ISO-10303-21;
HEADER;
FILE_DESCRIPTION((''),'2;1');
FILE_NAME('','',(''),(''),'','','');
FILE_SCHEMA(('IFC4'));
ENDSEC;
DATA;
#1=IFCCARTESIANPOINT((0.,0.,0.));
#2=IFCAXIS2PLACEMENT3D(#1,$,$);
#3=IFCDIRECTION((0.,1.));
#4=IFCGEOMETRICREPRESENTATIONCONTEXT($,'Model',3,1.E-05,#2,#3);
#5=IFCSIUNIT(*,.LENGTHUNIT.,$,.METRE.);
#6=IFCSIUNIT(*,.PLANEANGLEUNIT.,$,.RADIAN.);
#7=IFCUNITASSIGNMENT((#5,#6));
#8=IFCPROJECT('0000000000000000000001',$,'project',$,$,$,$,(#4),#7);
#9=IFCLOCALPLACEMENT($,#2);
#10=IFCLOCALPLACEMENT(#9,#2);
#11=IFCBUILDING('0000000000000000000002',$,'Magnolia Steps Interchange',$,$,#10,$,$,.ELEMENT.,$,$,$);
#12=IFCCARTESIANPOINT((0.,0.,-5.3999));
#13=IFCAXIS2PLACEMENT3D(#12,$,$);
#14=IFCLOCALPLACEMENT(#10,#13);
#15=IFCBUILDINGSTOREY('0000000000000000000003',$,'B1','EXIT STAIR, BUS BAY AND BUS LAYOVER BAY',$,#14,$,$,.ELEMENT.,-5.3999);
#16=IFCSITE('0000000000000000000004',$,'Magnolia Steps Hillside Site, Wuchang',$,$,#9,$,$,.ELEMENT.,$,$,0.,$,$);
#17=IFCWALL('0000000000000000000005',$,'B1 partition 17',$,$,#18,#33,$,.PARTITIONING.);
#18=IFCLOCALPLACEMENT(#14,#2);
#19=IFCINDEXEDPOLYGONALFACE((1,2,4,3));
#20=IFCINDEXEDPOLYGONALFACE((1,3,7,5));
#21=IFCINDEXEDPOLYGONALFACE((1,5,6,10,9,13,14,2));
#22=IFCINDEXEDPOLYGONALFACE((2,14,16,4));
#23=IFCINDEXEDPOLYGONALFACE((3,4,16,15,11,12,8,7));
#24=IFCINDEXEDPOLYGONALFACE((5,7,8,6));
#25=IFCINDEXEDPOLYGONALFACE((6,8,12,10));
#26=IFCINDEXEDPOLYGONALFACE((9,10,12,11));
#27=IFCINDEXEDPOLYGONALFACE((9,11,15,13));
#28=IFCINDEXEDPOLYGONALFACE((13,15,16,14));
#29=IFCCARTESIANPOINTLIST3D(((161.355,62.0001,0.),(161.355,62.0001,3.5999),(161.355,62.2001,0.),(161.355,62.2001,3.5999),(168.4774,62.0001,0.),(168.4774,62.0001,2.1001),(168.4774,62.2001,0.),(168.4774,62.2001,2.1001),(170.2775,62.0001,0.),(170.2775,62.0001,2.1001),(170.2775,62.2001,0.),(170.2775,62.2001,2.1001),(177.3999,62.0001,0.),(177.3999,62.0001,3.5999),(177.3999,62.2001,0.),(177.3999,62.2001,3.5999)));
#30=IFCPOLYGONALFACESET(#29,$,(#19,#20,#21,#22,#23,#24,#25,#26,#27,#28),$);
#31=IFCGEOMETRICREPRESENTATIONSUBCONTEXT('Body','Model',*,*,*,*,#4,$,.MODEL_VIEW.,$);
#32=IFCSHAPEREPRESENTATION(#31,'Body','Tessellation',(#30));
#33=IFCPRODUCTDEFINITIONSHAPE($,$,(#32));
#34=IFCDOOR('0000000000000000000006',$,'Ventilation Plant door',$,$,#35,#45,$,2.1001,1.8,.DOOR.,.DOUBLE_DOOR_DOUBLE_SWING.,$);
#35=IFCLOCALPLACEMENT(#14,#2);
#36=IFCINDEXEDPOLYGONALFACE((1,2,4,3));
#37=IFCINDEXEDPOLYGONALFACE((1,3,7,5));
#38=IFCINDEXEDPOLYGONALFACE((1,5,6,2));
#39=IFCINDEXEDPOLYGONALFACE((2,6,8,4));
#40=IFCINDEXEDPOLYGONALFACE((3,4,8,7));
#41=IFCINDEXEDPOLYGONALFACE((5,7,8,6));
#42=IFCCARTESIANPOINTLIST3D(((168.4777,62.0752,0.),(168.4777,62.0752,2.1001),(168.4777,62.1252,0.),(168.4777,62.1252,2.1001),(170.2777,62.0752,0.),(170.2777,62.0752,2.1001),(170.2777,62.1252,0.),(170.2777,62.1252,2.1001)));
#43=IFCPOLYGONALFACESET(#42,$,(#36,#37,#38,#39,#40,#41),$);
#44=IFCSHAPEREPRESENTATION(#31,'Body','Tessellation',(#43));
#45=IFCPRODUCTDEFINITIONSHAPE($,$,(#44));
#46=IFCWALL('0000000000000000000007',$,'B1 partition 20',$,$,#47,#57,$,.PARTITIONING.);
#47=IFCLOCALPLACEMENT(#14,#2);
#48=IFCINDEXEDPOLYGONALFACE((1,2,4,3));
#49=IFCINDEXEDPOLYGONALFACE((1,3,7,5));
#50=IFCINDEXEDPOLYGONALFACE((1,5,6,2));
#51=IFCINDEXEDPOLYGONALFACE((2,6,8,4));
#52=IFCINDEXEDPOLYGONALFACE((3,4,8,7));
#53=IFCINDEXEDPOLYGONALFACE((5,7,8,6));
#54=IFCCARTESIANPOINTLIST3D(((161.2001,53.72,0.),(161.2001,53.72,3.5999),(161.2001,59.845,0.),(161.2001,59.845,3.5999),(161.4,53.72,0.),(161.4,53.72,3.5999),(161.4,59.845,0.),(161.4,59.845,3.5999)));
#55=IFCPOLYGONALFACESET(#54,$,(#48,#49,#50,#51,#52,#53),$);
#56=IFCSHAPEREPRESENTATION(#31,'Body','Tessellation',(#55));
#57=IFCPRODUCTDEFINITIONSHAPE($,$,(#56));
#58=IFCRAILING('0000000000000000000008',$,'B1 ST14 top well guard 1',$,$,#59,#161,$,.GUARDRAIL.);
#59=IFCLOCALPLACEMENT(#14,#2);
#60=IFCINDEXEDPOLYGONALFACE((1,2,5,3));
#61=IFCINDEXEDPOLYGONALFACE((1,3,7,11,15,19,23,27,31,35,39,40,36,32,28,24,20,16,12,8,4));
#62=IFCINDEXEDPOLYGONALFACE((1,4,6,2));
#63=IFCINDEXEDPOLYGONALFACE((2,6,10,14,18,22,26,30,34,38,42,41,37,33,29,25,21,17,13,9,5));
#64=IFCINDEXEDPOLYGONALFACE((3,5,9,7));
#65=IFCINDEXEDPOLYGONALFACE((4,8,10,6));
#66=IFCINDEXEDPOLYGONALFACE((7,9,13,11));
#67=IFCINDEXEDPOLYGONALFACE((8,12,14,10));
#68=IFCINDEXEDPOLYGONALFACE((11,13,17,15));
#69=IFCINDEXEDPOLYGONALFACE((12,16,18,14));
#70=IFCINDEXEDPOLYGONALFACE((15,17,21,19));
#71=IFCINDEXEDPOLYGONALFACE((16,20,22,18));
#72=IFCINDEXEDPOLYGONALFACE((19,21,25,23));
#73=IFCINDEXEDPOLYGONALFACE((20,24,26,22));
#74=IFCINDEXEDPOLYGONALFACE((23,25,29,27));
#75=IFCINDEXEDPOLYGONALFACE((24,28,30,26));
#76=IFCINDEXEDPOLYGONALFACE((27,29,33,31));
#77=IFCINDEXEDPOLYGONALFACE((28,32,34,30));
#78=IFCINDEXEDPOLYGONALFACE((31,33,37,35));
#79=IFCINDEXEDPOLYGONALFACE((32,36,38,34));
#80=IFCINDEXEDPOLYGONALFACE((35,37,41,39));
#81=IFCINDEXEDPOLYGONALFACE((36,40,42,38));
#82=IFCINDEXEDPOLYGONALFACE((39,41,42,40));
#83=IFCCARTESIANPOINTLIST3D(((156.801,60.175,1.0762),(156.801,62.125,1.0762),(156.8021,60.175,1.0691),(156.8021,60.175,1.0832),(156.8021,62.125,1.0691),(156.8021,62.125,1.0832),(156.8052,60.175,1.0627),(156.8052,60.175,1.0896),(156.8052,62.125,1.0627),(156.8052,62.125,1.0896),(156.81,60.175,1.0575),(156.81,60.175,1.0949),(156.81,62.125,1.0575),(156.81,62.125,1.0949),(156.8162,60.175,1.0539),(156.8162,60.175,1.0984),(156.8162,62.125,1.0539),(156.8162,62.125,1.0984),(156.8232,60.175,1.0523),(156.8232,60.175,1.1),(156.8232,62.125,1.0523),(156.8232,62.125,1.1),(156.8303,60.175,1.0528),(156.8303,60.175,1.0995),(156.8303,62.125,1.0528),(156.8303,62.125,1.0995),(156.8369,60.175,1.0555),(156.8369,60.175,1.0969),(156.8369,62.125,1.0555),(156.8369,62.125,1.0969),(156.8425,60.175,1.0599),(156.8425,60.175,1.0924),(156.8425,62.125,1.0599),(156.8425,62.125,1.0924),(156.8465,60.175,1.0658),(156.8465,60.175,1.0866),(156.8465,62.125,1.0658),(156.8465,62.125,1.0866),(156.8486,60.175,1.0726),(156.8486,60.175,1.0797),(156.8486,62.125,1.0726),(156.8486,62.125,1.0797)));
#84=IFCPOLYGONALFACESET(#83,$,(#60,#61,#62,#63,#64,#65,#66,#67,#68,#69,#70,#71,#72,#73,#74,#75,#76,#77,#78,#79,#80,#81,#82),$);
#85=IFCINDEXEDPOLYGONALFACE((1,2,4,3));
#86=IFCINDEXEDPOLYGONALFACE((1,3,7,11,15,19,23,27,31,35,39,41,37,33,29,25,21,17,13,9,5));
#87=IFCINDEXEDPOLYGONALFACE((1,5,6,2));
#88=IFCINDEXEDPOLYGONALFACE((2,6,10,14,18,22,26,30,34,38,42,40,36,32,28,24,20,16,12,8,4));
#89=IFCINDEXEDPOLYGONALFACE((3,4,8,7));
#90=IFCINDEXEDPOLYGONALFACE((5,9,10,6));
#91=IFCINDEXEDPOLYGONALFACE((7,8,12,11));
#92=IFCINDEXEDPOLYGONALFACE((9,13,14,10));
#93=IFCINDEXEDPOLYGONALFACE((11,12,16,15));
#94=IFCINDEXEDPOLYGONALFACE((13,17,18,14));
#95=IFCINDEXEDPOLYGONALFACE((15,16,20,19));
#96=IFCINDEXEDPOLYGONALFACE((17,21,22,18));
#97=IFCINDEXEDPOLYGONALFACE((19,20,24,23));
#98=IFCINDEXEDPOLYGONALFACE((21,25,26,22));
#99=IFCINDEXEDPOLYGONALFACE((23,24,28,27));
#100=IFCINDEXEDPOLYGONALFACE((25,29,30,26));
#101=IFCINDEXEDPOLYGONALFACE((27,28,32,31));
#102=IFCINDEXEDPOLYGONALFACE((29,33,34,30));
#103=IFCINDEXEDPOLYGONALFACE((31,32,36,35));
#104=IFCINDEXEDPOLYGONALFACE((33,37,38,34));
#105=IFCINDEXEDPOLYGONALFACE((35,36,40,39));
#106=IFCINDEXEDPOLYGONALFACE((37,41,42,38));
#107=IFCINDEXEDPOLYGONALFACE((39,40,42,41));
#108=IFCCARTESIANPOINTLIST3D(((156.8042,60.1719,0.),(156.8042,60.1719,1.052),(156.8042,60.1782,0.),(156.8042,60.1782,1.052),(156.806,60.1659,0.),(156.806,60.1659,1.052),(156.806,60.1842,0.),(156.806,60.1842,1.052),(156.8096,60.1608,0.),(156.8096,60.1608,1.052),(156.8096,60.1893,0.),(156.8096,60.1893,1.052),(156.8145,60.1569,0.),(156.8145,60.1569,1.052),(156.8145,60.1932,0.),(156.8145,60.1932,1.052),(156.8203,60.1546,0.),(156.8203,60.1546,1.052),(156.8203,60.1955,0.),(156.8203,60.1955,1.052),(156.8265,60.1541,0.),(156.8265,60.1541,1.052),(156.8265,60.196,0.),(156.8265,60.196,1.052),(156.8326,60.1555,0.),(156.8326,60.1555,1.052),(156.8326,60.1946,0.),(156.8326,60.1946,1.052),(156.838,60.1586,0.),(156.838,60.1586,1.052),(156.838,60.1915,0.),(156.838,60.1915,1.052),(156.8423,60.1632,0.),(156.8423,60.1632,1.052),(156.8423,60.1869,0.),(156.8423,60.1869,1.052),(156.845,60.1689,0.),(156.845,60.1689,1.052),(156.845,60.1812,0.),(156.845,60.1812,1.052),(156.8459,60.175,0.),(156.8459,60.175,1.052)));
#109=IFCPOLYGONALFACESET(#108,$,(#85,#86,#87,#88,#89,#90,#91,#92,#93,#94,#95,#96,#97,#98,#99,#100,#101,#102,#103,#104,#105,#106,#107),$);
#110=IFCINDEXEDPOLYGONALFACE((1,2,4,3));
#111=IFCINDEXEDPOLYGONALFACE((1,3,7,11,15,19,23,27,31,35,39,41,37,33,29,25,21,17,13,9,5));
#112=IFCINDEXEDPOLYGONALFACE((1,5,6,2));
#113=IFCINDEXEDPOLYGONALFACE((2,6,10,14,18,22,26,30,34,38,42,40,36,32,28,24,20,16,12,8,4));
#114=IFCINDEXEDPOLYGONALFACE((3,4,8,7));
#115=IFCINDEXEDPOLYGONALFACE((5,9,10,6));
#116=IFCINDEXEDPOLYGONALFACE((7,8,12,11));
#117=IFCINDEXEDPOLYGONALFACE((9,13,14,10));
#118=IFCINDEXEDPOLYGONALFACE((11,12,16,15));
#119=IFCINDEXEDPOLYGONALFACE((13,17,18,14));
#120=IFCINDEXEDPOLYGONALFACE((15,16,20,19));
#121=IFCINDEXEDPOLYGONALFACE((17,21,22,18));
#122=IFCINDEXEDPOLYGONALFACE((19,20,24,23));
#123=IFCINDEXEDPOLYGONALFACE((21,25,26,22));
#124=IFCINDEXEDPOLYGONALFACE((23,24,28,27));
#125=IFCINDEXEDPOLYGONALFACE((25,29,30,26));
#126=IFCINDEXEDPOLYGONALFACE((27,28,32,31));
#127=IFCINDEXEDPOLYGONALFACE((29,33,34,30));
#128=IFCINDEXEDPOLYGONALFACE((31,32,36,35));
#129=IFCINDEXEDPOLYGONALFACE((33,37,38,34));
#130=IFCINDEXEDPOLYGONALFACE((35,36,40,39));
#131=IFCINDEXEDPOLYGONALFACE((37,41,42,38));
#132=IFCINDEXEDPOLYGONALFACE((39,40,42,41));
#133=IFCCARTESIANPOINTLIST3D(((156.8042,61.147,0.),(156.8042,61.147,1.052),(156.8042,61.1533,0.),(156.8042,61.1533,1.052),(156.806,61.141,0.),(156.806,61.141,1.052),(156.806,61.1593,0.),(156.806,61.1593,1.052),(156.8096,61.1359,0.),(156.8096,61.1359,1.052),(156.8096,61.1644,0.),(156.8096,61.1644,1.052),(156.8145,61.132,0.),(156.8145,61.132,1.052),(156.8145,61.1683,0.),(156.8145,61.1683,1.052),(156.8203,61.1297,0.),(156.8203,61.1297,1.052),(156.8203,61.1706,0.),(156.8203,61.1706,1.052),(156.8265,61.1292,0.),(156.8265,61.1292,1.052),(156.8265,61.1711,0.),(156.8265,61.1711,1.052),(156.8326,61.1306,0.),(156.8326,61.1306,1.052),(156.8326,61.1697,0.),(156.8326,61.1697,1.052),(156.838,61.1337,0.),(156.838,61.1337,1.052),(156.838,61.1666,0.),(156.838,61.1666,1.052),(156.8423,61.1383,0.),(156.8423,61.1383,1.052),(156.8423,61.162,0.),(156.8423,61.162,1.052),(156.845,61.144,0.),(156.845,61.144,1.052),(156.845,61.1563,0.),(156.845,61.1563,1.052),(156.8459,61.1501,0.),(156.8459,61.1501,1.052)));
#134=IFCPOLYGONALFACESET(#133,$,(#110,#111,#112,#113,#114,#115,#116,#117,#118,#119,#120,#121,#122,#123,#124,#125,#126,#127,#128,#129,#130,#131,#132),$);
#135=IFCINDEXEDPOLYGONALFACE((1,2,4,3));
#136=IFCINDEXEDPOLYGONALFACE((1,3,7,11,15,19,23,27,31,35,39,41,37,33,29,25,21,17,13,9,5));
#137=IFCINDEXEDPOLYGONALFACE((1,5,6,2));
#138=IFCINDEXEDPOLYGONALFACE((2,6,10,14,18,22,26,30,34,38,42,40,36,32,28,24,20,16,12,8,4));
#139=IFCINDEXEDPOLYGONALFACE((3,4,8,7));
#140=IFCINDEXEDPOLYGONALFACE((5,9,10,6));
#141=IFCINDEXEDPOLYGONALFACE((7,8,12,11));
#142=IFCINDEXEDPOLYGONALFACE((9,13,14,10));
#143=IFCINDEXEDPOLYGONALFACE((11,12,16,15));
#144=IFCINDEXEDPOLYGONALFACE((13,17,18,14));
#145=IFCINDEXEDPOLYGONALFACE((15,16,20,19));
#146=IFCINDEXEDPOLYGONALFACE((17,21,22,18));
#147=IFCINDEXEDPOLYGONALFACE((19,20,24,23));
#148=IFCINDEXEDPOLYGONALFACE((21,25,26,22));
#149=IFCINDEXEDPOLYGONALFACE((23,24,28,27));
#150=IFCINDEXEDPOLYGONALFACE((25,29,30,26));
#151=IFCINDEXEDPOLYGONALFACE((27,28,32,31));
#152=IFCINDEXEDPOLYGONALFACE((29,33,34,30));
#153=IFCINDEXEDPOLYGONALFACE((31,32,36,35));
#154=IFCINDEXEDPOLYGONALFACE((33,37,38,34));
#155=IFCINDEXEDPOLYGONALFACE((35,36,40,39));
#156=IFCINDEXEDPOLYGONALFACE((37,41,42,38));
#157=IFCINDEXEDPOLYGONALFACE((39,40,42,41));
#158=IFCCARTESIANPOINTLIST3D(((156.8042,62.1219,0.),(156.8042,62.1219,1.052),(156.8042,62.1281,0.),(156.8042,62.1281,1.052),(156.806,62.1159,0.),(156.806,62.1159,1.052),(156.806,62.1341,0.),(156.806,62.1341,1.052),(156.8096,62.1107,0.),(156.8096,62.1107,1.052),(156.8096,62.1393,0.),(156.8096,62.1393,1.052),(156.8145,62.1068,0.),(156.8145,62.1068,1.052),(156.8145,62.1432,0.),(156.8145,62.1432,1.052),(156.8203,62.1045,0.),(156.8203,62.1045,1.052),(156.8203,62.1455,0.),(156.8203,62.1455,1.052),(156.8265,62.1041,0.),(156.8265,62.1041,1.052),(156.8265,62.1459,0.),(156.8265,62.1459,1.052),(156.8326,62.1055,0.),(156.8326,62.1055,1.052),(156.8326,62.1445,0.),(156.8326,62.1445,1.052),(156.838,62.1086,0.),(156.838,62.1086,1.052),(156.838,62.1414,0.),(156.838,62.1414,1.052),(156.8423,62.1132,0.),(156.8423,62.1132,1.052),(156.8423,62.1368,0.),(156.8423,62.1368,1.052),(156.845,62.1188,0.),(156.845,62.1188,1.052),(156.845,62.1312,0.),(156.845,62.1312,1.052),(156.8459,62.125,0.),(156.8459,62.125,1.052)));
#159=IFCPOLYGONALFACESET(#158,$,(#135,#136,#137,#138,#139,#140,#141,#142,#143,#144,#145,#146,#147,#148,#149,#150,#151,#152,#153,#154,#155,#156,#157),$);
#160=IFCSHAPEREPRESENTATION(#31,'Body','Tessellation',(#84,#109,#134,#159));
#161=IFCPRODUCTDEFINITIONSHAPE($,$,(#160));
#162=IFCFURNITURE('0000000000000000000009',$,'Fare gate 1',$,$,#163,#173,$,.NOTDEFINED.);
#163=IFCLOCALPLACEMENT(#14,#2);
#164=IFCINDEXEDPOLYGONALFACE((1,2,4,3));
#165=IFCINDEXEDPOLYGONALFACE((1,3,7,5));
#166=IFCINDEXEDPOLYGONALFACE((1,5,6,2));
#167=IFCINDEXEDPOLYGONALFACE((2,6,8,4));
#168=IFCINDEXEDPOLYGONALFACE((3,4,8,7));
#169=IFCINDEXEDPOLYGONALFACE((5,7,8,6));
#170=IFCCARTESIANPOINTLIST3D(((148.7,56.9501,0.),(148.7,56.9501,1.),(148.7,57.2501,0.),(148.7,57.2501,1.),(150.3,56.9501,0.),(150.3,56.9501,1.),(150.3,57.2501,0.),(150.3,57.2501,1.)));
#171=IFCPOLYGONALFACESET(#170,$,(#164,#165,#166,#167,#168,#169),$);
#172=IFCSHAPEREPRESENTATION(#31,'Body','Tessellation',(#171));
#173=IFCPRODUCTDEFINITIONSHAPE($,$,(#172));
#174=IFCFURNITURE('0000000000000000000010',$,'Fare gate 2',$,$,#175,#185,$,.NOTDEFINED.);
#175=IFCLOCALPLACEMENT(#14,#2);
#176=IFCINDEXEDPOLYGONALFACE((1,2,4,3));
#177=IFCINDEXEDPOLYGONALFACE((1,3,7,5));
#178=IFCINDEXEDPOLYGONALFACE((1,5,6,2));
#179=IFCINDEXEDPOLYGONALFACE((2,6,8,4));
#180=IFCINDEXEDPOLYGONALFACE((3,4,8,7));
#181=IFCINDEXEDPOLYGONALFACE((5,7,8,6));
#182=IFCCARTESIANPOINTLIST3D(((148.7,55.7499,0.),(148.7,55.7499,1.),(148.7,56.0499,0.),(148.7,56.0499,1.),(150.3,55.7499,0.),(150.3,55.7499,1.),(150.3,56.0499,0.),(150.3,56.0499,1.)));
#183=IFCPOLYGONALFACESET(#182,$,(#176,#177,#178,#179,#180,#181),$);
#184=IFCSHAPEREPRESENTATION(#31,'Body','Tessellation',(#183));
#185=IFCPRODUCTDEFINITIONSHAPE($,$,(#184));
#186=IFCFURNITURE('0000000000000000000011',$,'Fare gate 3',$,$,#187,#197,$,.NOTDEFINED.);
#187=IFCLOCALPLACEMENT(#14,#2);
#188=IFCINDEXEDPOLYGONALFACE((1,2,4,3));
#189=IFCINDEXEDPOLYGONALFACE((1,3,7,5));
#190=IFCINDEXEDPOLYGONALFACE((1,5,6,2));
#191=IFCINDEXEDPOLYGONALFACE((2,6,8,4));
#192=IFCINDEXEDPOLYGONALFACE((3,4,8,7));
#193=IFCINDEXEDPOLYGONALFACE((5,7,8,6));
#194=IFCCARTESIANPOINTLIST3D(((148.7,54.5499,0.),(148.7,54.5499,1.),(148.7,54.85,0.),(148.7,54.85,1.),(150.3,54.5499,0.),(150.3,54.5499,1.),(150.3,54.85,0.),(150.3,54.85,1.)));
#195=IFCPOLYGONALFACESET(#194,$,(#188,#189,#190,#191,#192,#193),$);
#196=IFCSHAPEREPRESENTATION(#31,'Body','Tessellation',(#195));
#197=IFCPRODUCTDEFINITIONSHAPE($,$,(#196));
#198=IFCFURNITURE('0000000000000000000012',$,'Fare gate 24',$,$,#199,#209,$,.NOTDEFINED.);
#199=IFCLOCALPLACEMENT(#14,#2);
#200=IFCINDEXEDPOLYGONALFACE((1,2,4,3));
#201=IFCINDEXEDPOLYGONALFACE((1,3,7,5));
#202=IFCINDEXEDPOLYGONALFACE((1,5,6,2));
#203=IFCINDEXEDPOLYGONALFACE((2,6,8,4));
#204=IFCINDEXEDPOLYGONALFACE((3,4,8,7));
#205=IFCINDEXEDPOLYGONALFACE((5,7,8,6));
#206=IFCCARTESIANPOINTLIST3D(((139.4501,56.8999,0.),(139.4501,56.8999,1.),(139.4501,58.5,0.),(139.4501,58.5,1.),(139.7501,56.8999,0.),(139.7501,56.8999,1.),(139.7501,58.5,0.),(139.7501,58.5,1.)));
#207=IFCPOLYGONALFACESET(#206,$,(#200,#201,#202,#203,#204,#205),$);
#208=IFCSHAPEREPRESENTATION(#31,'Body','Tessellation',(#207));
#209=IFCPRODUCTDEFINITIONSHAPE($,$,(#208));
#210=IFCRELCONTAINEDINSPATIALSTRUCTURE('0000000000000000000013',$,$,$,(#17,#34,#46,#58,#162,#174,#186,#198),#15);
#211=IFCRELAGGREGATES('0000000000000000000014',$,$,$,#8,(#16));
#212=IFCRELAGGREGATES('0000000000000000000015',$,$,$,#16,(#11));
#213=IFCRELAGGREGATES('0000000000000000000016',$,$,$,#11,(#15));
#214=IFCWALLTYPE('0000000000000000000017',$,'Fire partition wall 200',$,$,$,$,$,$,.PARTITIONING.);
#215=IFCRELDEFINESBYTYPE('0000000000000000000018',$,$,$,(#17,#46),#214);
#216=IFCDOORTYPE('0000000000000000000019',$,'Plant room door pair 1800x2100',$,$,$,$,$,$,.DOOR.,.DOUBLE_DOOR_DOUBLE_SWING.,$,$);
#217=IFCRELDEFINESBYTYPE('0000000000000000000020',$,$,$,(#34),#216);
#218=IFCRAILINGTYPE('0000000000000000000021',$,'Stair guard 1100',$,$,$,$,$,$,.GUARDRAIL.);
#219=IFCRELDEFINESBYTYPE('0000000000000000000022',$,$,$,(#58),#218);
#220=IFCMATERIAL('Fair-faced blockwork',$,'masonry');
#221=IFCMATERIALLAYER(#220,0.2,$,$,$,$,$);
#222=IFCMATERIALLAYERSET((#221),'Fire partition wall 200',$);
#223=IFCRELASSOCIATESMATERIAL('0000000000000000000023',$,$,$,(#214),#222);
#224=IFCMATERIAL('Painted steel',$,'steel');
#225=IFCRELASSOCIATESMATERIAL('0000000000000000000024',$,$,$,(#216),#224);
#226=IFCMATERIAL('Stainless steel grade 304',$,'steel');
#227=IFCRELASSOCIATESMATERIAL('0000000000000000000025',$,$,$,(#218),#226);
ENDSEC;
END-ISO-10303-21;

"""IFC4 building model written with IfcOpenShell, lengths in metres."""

from ifc_helpers import new_model, si_unit, direction, frame, frame_2d, origin, origin_2d, place, context, subcontext, project, spatial, rectangle, circle, extrude, material, layer, layer_set, type_object, element, fill, save


model = new_model("IFC4")

# Units and contexts
model_context = context("Model", 3, precision=1e-05, world=origin(), true_north=direction((0.0, 1.0)))
body_context = subcontext(model_context, "Body", "Model", "MODEL_VIEW")
ifc_project = project(units=[si_unit("LENGTHUNIT", "METRE"), si_unit("PLANEANGLEUNIT", "RADIAN")], contexts=[model_context])

# Site, building, storey
site_placement = place(None, origin())
site = spatial("IfcSite", under=ifc_project, at=site_placement, Name="Magnolia Steps Hillside Site, Wuchang", CompositionType="ELEMENT", RefElevation=0.0)
building_placement = place(site_placement, origin())
building = spatial("IfcBuilding", under=site, at=building_placement, Name="Magnolia Steps Interchange", CompositionType="ELEMENT")
storey_placement = place(building_placement, frame((0.0, 0.0, -5.3999)))
storey = spatial("IfcBuildingStorey", under=building, at=storey_placement, Name="B1", Description="EXIT STAIR, BUS BAY AND BUS LAYOVER BAY", CompositionType="ELEMENT", Elevation=-5.3999)

# Wall, opening, door
ifc_material_1 = material(Name="Fair-faced blockwork", Category="masonry")
ifc_layer_1 = layer(ifc_material_1, 0.2)
ifc_layer_set_1 = layer_set([ifc_layer_1], Name="Fire partition wall 200")
wall_type_1 = type_object("IfcWallType", Name="Fire partition wall 200", PredefinedType="PARTITIONING", material=ifc_layer_set_1)
wall_1_placement = place(storey_placement, frame((161.355, 62.1001, 0.0), z_axis=(0.0, 0.0, 1.0), x_axis=(1.0, 0.0, 0.0)))
wall_1 = element("IfcWall", 1, at=wall_1_placement, inside=storey, type_object=wall_type_1, Name="B1 partition 17", PredefinedType="PARTITIONING", context=body_context, shape_type="SweptSolid", body=[
    extrude(rectangle(XDim=16.0449, YDim=0.2, at=frame_2d((8.0225, 0.0))), origin(), (0.0, 0.0, 1.0), 3.5999),
])
opening_1_placement = place(wall_1_placement, frame((7.1226, 0.0, 0.0)))
opening_1 = element("IfcOpeningElement", 2, at=opening_1_placement, cuts=wall_1, PredefinedType="OPENING", context=body_context, shape_type="SweptSolid", body=[
    extrude(rectangle(XDim=1.8, YDim=2.1001, at=frame_2d((0.8999, 1.05))), frame((0.0, 0.1099, 0.0), z_axis=(0.0, -1.0, 0.0), x_axis=(1.0, 0.0, 0.0)), (0.0, 0.0, 1.0), 0.22),
])
ifc_material_2 = material(Name="Painted steel", Category="steel")
door_type_1 = type_object("IfcDoorType", Name="Plant room door pair 1800x2100", OperationType="DOUBLE_DOOR_DOUBLE_SWING", PredefinedType="DOOR", material=ifc_material_2)
door_1_placement = place(opening_1_placement, frame((1.8, 0.0, 0.0), z_axis=(0.0, 0.0, 1.0), x_axis=(-1.0, 0.0, 0.0)))
door_1 = element("IfcDoor", 3, at=door_1_placement, inside=storey, type_object=door_type_1, Name="Ventilation Plant door", OperationType="DOUBLE_DOOR_DOUBLE_SWING", OverallHeight=2.1001, OverallWidth=1.8, PredefinedType="DOOR", context=body_context, shape_type="SweptSolid", body=[
    extrude(rectangle(XDim=1.8, YDim=2.1001, at=frame_2d((0.8999, 1.05))), frame((0.0, 0.0249, 0.0), z_axis=(0.0, -1.0, 0.0), x_axis=(1.0, 0.0, 0.0)), (0.0, 0.0, 1.0), 0.05),
])
fill(opening_1, door_1)

# Wall
wall_2_placement = place(storey_placement, frame((161.3, 53.72, 0.0), z_axis=(0.0, 0.0, 1.0), x_axis=(0.0, 1.0, 0.0)))
element("IfcWall", 4, at=wall_2_placement, inside=storey, type_object=wall_type_1, Name="B1 partition 20", PredefinedType="PARTITIONING", context=body_context, shape_type="SweptSolid", body=[
    extrude(rectangle(XDim=6.125, YDim=0.2, at=frame_2d((3.0625, 0.0))), origin(), (0.0, 0.0, 1.0), 3.5999),
])

# Railing
ifc_material_3 = material(Name="Stainless steel grade 304", Category="steel")
railing_type = type_object("IfcRailingType", Name="Stair guard 1100", PredefinedType="GUARDRAIL", material=ifc_material_3)
railing_placement = place(storey_placement, frame((156.825, 60.175, 0.0)))
element("IfcRailing", 5, at=railing_placement, inside=storey, type_object=railing_type, Name="B1 ST14 top well guard 1", PredefinedType="GUARDRAIL", context=body_context, shape_type="SweptSolid", body=[
    extrude(circle(Radius=0.0239, at=origin_2d()), frame((0.0, 0.0, 1.0762), z_axis=(0.0, 1.0, 0.0), x_axis=(-1.0, 0.0, 0.0)), (0.0, 0.0, 1.0), 1.95),
    extrude(circle(Radius=0.021, at=origin_2d()), origin(), (0.0, 0.0, 1.0), 1.052),
    extrude(circle(Radius=0.021, at=origin_2d()), frame((0.0, 0.9751, 0.0)), (0.0, 0.0, 1.0), 1.052),
    extrude(circle(Radius=0.021, at=origin_2d()), frame((0.0, 1.95, 0.0)), (0.0, 0.0, 1.0), 1.052),
])

# Furniture
for number, where, z_axis, x_axis, name in (
    (6, (149.5, 57.1001, 0.0), (0.0, 0.0, 1.0), (0.0, -1.0, 0.0), "Fare gate 1"),
    (7, (149.5, 55.8999, 0.0), (0.0, 0.0, 1.0), (0.0, -1.0, 0.0), "Fare gate 2"),
    (8, (149.5, 54.7, 0.0), (0.0, 0.0, 1.0), (0.0, -1.0, 0.0), "Fare gate 3"),
    (9, (139.6001, 57.7, 0.0), (0.0, 0.0, 1.0), (1.0, 0.0, 0.0), "Fare gate 24"),
):
    element("IfcFurniture", number, at=place(storey_placement, frame(where, z_axis=z_axis, x_axis=x_axis)), inside=storey, Name=name, PredefinedType="NOTDEFINED", context=body_context, shape_type="SweptSolid", body=[
        extrude(rectangle(XDim=0.3, YDim=1.6001, at=origin_2d()), origin(), (0.0, 0.0, 1.0), 1.0),
    ])

save(model, "model.ifc")
